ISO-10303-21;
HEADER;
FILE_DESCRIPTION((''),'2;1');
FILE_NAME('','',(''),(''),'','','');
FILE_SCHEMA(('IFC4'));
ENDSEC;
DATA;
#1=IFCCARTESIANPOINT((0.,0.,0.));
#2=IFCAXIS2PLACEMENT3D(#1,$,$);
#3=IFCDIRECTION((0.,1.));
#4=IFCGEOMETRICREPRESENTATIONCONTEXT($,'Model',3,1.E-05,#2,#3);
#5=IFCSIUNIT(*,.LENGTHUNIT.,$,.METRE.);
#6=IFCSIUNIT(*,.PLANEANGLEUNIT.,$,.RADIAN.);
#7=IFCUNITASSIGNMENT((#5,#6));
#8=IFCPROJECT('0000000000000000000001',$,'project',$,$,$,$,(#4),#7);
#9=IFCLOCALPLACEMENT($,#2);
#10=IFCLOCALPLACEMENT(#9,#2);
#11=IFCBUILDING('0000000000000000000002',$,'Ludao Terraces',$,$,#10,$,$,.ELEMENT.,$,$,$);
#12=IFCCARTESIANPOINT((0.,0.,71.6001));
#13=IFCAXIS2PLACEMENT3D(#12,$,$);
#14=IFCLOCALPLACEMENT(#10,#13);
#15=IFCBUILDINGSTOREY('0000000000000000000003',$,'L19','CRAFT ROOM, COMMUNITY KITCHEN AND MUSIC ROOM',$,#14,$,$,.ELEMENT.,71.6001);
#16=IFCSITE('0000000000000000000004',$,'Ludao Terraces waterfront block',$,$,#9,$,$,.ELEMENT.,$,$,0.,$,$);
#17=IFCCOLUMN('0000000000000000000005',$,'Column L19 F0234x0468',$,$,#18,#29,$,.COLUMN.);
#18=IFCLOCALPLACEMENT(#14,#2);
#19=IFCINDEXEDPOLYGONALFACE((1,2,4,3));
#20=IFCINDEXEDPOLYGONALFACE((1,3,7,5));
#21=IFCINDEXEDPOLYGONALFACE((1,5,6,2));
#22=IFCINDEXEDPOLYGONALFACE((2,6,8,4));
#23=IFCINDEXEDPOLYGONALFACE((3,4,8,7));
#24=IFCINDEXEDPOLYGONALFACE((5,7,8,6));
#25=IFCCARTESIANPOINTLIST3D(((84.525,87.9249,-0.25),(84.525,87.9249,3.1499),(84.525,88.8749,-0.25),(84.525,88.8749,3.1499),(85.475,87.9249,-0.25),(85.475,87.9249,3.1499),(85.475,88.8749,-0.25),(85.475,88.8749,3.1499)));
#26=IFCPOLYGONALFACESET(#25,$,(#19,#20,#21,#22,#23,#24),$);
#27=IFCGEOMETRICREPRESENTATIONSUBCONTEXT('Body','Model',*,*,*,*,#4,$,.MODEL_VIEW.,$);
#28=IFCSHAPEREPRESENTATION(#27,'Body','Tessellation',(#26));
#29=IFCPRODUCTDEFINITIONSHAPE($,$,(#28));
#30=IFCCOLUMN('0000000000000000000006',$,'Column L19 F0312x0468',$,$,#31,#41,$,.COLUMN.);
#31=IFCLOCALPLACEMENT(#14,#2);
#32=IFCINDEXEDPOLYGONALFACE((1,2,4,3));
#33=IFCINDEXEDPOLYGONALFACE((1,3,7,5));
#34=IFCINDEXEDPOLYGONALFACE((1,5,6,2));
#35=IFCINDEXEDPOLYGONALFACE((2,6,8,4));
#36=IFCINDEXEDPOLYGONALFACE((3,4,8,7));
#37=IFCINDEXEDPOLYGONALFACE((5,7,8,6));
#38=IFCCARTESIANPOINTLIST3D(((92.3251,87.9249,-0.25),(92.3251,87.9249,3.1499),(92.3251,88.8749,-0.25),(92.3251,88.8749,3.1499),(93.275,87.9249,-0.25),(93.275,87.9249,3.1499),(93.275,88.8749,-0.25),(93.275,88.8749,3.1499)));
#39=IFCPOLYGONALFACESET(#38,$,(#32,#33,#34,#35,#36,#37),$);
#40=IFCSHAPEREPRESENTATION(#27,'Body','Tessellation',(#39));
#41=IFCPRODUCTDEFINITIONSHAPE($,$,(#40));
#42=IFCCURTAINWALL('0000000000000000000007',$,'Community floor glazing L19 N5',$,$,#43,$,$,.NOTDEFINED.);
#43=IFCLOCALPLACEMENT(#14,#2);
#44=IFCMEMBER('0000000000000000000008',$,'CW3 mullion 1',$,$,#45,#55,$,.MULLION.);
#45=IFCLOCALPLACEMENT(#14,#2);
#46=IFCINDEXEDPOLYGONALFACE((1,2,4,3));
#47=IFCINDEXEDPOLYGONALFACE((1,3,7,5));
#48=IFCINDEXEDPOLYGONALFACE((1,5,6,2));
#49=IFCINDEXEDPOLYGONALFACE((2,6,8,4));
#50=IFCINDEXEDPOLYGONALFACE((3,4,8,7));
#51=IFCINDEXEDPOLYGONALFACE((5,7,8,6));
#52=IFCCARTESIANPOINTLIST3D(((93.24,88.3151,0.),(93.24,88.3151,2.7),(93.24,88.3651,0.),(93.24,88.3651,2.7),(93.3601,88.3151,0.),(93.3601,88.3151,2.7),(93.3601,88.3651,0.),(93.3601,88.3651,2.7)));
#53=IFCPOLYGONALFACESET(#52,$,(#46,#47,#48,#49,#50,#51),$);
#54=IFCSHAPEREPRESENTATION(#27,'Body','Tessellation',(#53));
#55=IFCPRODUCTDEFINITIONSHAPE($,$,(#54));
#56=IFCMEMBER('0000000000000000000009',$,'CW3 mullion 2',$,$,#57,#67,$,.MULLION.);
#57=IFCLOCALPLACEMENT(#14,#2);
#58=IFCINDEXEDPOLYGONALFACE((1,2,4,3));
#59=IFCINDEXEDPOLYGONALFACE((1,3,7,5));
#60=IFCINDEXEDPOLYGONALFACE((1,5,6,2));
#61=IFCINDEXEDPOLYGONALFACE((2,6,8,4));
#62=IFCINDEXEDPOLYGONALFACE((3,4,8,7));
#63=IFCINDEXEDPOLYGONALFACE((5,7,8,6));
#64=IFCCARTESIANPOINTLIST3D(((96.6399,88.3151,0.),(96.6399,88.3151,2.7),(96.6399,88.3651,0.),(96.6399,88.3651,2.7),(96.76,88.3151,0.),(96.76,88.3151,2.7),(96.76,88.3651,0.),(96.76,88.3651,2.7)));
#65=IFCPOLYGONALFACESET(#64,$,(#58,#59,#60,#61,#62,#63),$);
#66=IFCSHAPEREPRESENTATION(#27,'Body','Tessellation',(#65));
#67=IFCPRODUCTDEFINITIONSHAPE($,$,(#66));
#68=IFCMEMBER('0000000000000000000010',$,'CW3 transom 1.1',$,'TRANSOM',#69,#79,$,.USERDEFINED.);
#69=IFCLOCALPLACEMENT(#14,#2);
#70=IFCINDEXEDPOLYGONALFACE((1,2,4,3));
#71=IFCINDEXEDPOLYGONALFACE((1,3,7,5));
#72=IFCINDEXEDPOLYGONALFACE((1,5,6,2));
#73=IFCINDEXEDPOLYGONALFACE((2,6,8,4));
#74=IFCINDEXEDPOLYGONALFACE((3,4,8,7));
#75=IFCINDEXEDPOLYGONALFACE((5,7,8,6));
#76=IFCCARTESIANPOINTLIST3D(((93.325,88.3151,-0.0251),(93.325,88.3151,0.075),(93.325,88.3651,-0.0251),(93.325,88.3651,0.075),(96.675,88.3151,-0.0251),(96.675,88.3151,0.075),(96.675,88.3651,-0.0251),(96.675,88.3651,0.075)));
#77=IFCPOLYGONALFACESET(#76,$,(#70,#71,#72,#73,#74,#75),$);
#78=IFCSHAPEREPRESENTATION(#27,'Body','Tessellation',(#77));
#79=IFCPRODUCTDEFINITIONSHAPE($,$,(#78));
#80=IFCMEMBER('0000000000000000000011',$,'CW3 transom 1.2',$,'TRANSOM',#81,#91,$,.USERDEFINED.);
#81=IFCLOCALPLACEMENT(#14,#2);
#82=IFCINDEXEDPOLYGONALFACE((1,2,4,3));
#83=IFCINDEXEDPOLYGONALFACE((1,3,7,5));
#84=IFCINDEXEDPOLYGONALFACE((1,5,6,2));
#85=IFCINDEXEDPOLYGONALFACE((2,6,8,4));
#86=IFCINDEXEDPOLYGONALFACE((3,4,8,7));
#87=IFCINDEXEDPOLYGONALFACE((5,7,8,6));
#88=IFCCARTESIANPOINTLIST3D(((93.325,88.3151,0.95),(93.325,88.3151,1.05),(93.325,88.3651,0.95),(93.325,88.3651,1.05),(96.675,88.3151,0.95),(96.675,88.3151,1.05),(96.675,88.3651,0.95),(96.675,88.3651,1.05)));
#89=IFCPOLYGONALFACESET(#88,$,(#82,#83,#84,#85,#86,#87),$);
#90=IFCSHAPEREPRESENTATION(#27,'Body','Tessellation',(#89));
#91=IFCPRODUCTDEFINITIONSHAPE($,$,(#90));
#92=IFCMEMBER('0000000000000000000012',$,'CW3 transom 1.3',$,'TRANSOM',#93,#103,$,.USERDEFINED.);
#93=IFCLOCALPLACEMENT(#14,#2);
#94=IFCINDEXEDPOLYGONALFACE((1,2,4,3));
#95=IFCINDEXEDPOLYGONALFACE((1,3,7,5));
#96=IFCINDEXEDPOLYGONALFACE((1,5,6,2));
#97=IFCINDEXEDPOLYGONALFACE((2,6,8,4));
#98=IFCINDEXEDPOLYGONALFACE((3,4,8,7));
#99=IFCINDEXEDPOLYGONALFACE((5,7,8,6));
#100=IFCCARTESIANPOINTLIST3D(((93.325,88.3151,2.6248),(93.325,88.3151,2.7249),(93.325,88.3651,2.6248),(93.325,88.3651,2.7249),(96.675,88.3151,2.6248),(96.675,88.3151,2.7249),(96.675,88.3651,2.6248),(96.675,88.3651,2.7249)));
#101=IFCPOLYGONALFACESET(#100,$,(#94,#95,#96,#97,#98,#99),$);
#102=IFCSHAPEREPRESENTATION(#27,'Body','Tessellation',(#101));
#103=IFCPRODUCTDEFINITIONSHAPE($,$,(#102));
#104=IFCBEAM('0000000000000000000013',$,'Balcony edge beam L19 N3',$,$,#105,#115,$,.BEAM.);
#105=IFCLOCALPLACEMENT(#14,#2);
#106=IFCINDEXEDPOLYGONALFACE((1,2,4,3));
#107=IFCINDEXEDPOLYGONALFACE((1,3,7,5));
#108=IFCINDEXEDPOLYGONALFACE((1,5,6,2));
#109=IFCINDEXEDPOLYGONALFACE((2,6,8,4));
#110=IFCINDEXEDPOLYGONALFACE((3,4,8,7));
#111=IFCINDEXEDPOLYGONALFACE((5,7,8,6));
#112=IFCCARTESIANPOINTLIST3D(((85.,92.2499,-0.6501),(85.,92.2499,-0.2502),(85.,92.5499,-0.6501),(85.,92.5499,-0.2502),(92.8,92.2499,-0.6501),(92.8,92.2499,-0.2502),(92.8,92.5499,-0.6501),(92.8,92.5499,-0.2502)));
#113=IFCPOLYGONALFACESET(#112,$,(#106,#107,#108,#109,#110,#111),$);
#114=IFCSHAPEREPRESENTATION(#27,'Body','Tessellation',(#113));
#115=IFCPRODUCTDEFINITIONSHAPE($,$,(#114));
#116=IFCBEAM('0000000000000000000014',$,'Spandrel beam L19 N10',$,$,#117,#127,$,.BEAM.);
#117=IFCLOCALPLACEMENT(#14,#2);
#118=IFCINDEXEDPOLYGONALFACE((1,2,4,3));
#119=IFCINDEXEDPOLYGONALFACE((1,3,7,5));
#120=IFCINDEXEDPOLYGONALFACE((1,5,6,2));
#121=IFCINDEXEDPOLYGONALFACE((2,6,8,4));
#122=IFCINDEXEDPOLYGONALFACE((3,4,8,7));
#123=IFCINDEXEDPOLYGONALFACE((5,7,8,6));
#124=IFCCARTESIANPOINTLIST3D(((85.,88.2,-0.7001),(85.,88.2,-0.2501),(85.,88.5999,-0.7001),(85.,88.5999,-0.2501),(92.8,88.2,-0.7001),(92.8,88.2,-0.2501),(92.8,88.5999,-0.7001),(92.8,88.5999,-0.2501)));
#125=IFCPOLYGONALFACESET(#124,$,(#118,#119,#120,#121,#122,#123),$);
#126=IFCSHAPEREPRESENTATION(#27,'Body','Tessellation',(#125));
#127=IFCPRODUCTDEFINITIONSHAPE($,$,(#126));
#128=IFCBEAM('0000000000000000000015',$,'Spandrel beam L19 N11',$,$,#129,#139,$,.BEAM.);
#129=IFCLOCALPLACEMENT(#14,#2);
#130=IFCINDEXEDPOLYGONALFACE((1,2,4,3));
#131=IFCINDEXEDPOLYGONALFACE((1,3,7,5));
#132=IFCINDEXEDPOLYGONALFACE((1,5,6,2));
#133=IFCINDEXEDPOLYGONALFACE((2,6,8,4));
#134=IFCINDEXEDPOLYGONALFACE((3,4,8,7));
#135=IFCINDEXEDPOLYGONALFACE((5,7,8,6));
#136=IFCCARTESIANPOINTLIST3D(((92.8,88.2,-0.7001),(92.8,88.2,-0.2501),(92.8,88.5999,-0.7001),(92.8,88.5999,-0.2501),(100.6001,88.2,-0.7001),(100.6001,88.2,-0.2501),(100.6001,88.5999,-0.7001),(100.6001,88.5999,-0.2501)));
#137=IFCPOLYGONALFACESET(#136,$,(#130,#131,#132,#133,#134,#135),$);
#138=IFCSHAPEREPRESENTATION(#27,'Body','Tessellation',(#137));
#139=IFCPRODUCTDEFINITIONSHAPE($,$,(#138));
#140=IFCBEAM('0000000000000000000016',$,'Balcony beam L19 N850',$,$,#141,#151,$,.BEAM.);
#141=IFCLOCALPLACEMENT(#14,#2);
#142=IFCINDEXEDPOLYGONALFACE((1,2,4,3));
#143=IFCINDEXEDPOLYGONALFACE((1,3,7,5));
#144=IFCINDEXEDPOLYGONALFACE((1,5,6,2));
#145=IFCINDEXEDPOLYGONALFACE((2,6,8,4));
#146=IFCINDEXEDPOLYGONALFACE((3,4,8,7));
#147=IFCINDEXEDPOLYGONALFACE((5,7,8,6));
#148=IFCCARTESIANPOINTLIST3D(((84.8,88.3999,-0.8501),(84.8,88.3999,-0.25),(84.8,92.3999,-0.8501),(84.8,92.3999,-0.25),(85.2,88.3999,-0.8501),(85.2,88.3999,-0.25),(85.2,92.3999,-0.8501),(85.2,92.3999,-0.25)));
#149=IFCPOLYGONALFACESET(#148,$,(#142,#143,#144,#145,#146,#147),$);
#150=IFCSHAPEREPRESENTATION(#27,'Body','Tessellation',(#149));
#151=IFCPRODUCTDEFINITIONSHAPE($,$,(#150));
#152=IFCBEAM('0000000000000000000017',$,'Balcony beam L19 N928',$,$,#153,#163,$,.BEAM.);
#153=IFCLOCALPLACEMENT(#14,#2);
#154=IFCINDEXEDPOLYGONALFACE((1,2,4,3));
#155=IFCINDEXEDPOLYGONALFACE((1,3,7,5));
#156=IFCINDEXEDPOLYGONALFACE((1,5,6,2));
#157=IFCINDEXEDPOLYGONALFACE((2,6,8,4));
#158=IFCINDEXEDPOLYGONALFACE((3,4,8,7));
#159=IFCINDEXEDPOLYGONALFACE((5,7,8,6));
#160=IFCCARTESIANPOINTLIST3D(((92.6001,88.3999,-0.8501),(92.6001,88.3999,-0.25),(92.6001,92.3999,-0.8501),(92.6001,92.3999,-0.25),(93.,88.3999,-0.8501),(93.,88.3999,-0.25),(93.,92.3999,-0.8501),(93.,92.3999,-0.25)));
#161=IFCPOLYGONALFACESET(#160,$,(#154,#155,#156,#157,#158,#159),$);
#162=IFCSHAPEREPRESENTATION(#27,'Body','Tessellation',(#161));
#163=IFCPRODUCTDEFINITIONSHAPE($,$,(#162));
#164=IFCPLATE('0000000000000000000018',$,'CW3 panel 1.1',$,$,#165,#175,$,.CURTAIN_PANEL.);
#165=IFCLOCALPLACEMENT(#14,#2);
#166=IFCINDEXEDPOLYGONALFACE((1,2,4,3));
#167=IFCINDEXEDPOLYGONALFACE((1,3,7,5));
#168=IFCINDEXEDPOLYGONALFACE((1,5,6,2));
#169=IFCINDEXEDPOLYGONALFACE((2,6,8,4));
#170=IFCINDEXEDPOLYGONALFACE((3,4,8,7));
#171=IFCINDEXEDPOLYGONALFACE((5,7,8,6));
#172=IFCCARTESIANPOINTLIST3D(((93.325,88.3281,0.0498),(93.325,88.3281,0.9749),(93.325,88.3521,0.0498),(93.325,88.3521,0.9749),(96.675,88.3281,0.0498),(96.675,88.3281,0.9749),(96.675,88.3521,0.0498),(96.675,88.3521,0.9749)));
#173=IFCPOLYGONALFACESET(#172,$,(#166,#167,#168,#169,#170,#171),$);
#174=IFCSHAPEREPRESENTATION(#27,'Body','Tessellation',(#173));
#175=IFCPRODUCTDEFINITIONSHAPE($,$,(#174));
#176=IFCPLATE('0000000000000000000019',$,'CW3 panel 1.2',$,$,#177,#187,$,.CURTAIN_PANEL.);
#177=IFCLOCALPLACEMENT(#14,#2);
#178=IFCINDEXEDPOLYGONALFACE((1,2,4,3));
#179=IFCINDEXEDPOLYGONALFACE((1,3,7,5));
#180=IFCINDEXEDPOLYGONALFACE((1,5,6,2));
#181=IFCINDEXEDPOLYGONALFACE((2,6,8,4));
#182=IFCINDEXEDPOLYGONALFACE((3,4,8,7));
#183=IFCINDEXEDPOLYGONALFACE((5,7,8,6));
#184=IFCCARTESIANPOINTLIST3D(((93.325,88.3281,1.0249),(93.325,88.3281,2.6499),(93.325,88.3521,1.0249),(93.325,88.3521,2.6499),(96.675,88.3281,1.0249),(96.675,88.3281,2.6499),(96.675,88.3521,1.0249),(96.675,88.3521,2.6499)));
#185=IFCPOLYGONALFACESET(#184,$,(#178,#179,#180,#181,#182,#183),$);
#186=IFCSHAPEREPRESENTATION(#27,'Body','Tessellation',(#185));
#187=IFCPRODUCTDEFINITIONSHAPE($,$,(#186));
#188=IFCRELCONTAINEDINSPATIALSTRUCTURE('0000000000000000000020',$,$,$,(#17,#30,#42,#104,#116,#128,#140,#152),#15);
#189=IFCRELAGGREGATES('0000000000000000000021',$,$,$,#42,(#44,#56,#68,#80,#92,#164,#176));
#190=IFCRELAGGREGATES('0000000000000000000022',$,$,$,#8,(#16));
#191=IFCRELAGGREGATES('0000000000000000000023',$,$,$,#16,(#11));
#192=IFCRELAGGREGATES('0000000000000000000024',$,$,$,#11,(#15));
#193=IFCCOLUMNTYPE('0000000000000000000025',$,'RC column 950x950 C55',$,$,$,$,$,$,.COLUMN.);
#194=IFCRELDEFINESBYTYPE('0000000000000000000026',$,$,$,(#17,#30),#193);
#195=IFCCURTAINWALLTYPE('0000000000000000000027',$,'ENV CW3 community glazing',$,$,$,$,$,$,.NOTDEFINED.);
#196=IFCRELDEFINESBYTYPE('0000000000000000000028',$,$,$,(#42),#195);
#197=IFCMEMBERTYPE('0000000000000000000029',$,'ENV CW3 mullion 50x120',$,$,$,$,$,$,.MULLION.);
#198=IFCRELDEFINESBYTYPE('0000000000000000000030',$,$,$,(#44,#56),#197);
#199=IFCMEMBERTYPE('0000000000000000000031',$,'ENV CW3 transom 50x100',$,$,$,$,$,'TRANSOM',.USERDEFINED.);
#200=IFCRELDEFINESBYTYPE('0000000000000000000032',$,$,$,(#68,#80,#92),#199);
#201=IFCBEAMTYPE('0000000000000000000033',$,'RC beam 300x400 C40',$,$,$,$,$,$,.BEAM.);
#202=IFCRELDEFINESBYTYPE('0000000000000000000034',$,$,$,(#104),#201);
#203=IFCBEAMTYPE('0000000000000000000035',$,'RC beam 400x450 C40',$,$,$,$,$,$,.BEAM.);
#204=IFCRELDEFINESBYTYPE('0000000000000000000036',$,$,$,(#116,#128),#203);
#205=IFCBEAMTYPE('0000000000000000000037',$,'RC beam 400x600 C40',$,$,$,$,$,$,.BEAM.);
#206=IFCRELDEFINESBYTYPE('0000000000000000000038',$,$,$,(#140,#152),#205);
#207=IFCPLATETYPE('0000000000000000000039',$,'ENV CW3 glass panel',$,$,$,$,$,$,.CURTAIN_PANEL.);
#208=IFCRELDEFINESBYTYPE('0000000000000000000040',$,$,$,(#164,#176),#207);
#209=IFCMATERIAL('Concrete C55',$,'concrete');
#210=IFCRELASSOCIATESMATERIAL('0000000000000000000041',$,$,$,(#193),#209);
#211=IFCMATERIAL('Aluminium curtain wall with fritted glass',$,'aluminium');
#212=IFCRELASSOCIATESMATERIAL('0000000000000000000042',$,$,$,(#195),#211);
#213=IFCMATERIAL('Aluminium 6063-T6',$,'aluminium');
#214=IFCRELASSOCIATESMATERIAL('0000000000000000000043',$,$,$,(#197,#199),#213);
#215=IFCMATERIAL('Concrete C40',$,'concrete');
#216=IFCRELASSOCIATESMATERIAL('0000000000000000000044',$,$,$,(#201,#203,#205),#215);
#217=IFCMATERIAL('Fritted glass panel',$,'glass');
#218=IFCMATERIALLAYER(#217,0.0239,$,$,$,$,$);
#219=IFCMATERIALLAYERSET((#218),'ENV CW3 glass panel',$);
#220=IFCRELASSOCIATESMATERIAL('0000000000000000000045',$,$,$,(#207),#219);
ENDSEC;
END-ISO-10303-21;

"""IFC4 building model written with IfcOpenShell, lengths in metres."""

from ifc_helpers import new_model, si_unit, direction, frame, origin, origin_2d, place, context, subcontext, project, spatial, rectangle, extrude, material, layer, layer_set, material_profile, profile_set, type_object, element, aggregate, save


model = new_model("IFC4")

# Units and contexts
model_context = context("Model", 3, precision=1e-05, world=origin(), true_north=direction((0.0, 1.0)))
body_context = subcontext(model_context, "Body", "Model", "MODEL_VIEW")
ifc_project = project(units=[si_unit("LENGTHUNIT", "METRE"), si_unit("PLANEANGLEUNIT", "RADIAN")], contexts=[model_context])

# Site, building, storey
site_placement = place(None, origin())
site = spatial("IfcSite", under=ifc_project, at=site_placement, Name="Ludao Terraces waterfront block", CompositionType="ELEMENT", RefElevation=0.0)
building_placement = place(site_placement, origin())
building = spatial("IfcBuilding", under=site, at=building_placement, Name="Ludao Terraces", CompositionType="ELEMENT")
storey_placement = place(building_placement, frame((0.0, 0.0, 71.6001)))
storey = spatial("IfcBuildingStorey", under=building, at=storey_placement, Name="L19", Description="CRAFT ROOM, COMMUNITY KITCHEN AND MUSIC ROOM", CompositionType="ELEMENT", Elevation=71.6001)

# Columns
ifc_material_1 = material(Name="Concrete C55", Category="concrete")
ifc_material_profile_1 = material_profile(ifc_material_1, rectangle(XDim=0.95, YDim=0.95, at=origin_2d()), Name="950 X 950")
ifc_profile_set_1 = profile_set([ifc_material_profile_1], Name="Concrete C55")
column_type = type_object("IfcColumnType", Name="RC column 950x950 C55", PredefinedType="COLUMN", material=ifc_profile_set_1)
for number, where, z_axis, x_axis, name in (
    (1, (85.0, 88.3999, -0.25), (0.0, 0.0, 1.0), (1.0, 0.0, 0.0), "Column L19 F0234x0468"),
    (2, (92.8, 88.3999, -0.25), (0.0, 0.0, 1.0), (1.0, 0.0, 0.0), "Column L19 F0312x0468"),
):
    element("IfcColumn", number, at=place(storey_placement, frame(where, z_axis=z_axis, x_axis=x_axis)), inside=storey, type_object=column_type, Name=name, PredefinedType="COLUMN", context=body_context, shape_type="SweptSolid", body=[
        extrude(rectangle(XDim=0.95, YDim=0.95, at=origin_2d()), origin(), (0.0, 0.0, 1.0), 3.3999),
    ])

# Curtain wall, members
ifc_material_2 = material(Name="Aluminium curtain wall with fritted glass", Category="aluminium")
curtain_wall_type = type_object("IfcCurtainWallType", Name="ENV CW3 community glazing", PredefinedType="NOTDEFINED", material=ifc_material_2)
curtain_wall_placement = place(storey_placement, origin())
curtain_wall = element("IfcCurtainWall", 3, at=curtain_wall_placement, inside=storey, type_object=curtain_wall_type, Name="Community floor glazing L19 N5", PredefinedType="NOTDEFINED")
ifc_material_3 = material(Name="Aluminium 6063-T6", Category="aluminium")
ifc_material_profile_2 = material_profile(ifc_material_3, rectangle(XDim=0.05, YDim=0.1201, at=origin_2d()), Name="50 X 120")
ifc_profile_set_2 = profile_set([ifc_material_profile_2], Name="Aluminium 6063-T6")
member_type_1 = type_object("IfcMemberType", Name="ENV CW3 mullion 50x120", PredefinedType="MULLION", material=ifc_profile_set_2)
member_1_placement = place(storey_placement, frame((93.3, 88.3401, 0.0), z_axis=(0.0, 0.0, 1.0), x_axis=(0.0, 1.0, 0.0)))
member_1 = element("IfcMember", 4, at=member_1_placement, type_object=member_type_1, Name="CW3 mullion 1", PredefinedType="MULLION", context=body_context, shape_type="SweptSolid", body=[
    extrude(rectangle(XDim=0.05, YDim=0.1201, at=origin_2d()), origin(), (0.0, 0.0, 1.0), 2.7),
])
member_2_placement = place(storey_placement, frame((96.7, 88.3401, 0.0), z_axis=(0.0, 0.0, 1.0), x_axis=(0.0, 1.0, 0.0)))
member_2 = element("IfcMember", 5, at=member_2_placement, type_object=member_type_1, Name="CW3 mullion 2", PredefinedType="MULLION", context=body_context, shape_type="SweptSolid", body=[
    extrude(rectangle(XDim=0.05, YDim=0.1201, at=origin_2d()), origin(), (0.0, 0.0, 1.0), 2.7),
])
ifc_material_profile_3 = material_profile(ifc_material_3, rectangle(XDim=0.05, YDim=0.1001, at=origin_2d()), Name="50 X 100")
ifc_profile_set_3 = profile_set([ifc_material_profile_3], Name="Aluminium 6063-T6")
member_type_2 = type_object("IfcMemberType", Name="ENV CW3 transom 50x100", ElementType="TRANSOM", PredefinedType="USERDEFINED", material=ifc_profile_set_3)
member_3_placement = place(storey_placement, frame((93.325, 88.3401, 0.0249), z_axis=(1.0, 0.0, 0.0), x_axis=(0.0, 1.0, 0.0)))
member_3 = element("IfcMember", 6, at=member_3_placement, type_object=member_type_2, Name="CW3 transom 1.1", ObjectType="TRANSOM", PredefinedType="USERDEFINED", context=body_context, shape_type="SweptSolid", body=[
    extrude(rectangle(XDim=0.05, YDim=0.1001, at=origin_2d()), origin(), (0.0, 0.0, 1.0), 3.3501),
])
member_4_placement = place(storey_placement, frame((93.325, 88.3401, 1.0), z_axis=(1.0, 0.0, 0.0), x_axis=(0.0, 1.0, 0.0)))
member_4 = element("IfcMember", 7, at=member_4_placement, type_object=member_type_2, Name="CW3 transom 1.2", ObjectType="TRANSOM", PredefinedType="USERDEFINED", context=body_context, shape_type="SweptSolid", body=[
    extrude(rectangle(XDim=0.05, YDim=0.1001, at=origin_2d()), origin(), (0.0, 0.0, 1.0), 3.3501),
])
member_5_placement = place(storey_placement, frame((93.325, 88.3401, 2.6748), z_axis=(1.0, 0.0, 0.0), x_axis=(0.0, 1.0, 0.0)))
member_5 = element("IfcMember", 8, at=member_5_placement, type_object=member_type_2, Name="CW3 transom 1.3", ObjectType="TRANSOM", PredefinedType="USERDEFINED", context=body_context, shape_type="SweptSolid", body=[
    extrude(rectangle(XDim=0.05, YDim=0.1001, at=origin_2d()), origin(), (0.0, 0.0, 1.0), 3.3501),
])

# Beams
ifc_material_4 = material(Name="Concrete C40", Category="concrete")
ifc_material_profile_4 = material_profile(ifc_material_4, rectangle(XDim=0.3, YDim=0.3999, at=origin_2d()), Name="300 X 400")
ifc_profile_set_4 = profile_set([ifc_material_profile_4], Name="Concrete C40")
beam_type_1 = type_object("IfcBeamType", Name="RC beam 300x400 C40", PredefinedType="BEAM", material=ifc_profile_set_4)
beam_placement = place(storey_placement, frame((85.0, 92.3999, -0.4502), z_axis=(1.0, 0.0, 0.0), x_axis=(0.0, 1.0, 0.0)))
element("IfcBeam", 9, at=beam_placement, inside=storey, type_object=beam_type_1, Name="Balcony edge beam L19 N3", PredefinedType="BEAM", context=body_context, shape_type="SweptSolid", body=[
    extrude(rectangle(XDim=0.3, YDim=0.3999, at=origin_2d()), origin(), (0.0, 0.0, 1.0), 7.8),
])
ifc_material_profile_5 = material_profile(ifc_material_4, rectangle(XDim=0.3999, YDim=0.45, at=origin_2d()), Name="400 X 450")
ifc_profile_set_5 = profile_set([ifc_material_profile_5], Name="Concrete C40")
beam_type_2 = type_object("IfcBeamType", Name="RC beam 400x450 C40", PredefinedType="BEAM", material=ifc_profile_set_5)
for number, where, z_axis, x_axis, name in (
    (10, (85.0, 88.3999, -0.4751), (1.0, 0.0, 0.0), (0.0, 1.0, 0.0), "Spandrel beam L19 N10"),
    (11, (92.8, 88.3999, -0.4751), (1.0, 0.0, 0.0), (0.0, 1.0, 0.0), "Spandrel beam L19 N11"),
):
    element("IfcBeam", number, at=place(storey_placement, frame(where, z_axis=z_axis, x_axis=x_axis)), inside=storey, type_object=beam_type_2, Name=name, PredefinedType="BEAM", context=body_context, shape_type="SweptSolid", body=[
        extrude(rectangle(XDim=0.3999, YDim=0.45, at=origin_2d()), origin(), (0.0, 0.0, 1.0), 7.8),
    ])
ifc_material_profile_6 = material_profile(ifc_material_4, rectangle(XDim=0.3999, YDim=0.6001, at=origin_2d()), Name="400 X 600")
ifc_profile_set_6 = profile_set([ifc_material_profile_6], Name="Concrete C40")
beam_type_3 = type_object("IfcBeamType", Name="RC beam 400x600 C40", PredefinedType="BEAM", material=ifc_profile_set_6)
for number, where, z_axis, x_axis, name in (
    (12, (85.0, 88.3999, -0.55), (0.0, 1.0, 0.0), (-1.0, 0.0, 0.0), "Balcony beam L19 N850"),
    (13, (92.8, 88.3999, -0.55), (0.0, 1.0, 0.0), (-1.0, 0.0, 0.0), "Balcony beam L19 N928"),
):
    element("IfcBeam", number, at=place(storey_placement, frame(where, z_axis=z_axis, x_axis=x_axis)), inside=storey, type_object=beam_type_3, Name=name, PredefinedType="BEAM", context=body_context, shape_type="SweptSolid", body=[
        extrude(rectangle(XDim=0.3999, YDim=0.6001, at=origin_2d()), origin(), (0.0, 0.0, 1.0), 4.0),
    ])

# Plates
ifc_material_5 = material(Name="Fritted glass panel", Category="glass")
ifc_layer_1 = layer(ifc_material_5, 0.0239)
ifc_layer_set_1 = layer_set([ifc_layer_1], Name="ENV CW3 glass panel")
plate_type = type_object("IfcPlateType", Name="ENV CW3 glass panel", PredefinedType="CURTAIN_PANEL", material=ifc_layer_set_1)
plate_1_placement = place(storey_placement, frame((95.0, 88.3401, 0.0498), z_axis=(0.0, 0.0, 1.0), x_axis=(1.0, 0.0, 0.0)))
plate_1 = element("IfcPlate", 14, at=plate_1_placement, type_object=plate_type, Name="CW3 panel 1.1", PredefinedType="CURTAIN_PANEL", context=body_context, shape_type="SweptSolid", body=[
    extrude(rectangle(XDim=3.3501, YDim=0.0239, at=origin_2d()), origin(), (0.0, 0.0, 1.0), 0.925),
])
plate_2_placement = place(storey_placement, frame((95.0, 88.3401, 1.0249), z_axis=(0.0, 0.0, 1.0), x_axis=(1.0, 0.0, 0.0)))
plate_2 = element("IfcPlate", 15, at=plate_2_placement, type_object=plate_type, Name="CW3 panel 1.2", PredefinedType="CURTAIN_PANEL", context=body_context, shape_type="SweptSolid", body=[
    extrude(rectangle(XDim=3.3501, YDim=0.0239, at=origin_2d()), origin(), (0.0, 0.0, 1.0), 1.625),
])
aggregate(curtain_wall, [member_1, member_2, member_3, member_4, member_5, plate_1, plate_2])

save(model, "model.ifc")
